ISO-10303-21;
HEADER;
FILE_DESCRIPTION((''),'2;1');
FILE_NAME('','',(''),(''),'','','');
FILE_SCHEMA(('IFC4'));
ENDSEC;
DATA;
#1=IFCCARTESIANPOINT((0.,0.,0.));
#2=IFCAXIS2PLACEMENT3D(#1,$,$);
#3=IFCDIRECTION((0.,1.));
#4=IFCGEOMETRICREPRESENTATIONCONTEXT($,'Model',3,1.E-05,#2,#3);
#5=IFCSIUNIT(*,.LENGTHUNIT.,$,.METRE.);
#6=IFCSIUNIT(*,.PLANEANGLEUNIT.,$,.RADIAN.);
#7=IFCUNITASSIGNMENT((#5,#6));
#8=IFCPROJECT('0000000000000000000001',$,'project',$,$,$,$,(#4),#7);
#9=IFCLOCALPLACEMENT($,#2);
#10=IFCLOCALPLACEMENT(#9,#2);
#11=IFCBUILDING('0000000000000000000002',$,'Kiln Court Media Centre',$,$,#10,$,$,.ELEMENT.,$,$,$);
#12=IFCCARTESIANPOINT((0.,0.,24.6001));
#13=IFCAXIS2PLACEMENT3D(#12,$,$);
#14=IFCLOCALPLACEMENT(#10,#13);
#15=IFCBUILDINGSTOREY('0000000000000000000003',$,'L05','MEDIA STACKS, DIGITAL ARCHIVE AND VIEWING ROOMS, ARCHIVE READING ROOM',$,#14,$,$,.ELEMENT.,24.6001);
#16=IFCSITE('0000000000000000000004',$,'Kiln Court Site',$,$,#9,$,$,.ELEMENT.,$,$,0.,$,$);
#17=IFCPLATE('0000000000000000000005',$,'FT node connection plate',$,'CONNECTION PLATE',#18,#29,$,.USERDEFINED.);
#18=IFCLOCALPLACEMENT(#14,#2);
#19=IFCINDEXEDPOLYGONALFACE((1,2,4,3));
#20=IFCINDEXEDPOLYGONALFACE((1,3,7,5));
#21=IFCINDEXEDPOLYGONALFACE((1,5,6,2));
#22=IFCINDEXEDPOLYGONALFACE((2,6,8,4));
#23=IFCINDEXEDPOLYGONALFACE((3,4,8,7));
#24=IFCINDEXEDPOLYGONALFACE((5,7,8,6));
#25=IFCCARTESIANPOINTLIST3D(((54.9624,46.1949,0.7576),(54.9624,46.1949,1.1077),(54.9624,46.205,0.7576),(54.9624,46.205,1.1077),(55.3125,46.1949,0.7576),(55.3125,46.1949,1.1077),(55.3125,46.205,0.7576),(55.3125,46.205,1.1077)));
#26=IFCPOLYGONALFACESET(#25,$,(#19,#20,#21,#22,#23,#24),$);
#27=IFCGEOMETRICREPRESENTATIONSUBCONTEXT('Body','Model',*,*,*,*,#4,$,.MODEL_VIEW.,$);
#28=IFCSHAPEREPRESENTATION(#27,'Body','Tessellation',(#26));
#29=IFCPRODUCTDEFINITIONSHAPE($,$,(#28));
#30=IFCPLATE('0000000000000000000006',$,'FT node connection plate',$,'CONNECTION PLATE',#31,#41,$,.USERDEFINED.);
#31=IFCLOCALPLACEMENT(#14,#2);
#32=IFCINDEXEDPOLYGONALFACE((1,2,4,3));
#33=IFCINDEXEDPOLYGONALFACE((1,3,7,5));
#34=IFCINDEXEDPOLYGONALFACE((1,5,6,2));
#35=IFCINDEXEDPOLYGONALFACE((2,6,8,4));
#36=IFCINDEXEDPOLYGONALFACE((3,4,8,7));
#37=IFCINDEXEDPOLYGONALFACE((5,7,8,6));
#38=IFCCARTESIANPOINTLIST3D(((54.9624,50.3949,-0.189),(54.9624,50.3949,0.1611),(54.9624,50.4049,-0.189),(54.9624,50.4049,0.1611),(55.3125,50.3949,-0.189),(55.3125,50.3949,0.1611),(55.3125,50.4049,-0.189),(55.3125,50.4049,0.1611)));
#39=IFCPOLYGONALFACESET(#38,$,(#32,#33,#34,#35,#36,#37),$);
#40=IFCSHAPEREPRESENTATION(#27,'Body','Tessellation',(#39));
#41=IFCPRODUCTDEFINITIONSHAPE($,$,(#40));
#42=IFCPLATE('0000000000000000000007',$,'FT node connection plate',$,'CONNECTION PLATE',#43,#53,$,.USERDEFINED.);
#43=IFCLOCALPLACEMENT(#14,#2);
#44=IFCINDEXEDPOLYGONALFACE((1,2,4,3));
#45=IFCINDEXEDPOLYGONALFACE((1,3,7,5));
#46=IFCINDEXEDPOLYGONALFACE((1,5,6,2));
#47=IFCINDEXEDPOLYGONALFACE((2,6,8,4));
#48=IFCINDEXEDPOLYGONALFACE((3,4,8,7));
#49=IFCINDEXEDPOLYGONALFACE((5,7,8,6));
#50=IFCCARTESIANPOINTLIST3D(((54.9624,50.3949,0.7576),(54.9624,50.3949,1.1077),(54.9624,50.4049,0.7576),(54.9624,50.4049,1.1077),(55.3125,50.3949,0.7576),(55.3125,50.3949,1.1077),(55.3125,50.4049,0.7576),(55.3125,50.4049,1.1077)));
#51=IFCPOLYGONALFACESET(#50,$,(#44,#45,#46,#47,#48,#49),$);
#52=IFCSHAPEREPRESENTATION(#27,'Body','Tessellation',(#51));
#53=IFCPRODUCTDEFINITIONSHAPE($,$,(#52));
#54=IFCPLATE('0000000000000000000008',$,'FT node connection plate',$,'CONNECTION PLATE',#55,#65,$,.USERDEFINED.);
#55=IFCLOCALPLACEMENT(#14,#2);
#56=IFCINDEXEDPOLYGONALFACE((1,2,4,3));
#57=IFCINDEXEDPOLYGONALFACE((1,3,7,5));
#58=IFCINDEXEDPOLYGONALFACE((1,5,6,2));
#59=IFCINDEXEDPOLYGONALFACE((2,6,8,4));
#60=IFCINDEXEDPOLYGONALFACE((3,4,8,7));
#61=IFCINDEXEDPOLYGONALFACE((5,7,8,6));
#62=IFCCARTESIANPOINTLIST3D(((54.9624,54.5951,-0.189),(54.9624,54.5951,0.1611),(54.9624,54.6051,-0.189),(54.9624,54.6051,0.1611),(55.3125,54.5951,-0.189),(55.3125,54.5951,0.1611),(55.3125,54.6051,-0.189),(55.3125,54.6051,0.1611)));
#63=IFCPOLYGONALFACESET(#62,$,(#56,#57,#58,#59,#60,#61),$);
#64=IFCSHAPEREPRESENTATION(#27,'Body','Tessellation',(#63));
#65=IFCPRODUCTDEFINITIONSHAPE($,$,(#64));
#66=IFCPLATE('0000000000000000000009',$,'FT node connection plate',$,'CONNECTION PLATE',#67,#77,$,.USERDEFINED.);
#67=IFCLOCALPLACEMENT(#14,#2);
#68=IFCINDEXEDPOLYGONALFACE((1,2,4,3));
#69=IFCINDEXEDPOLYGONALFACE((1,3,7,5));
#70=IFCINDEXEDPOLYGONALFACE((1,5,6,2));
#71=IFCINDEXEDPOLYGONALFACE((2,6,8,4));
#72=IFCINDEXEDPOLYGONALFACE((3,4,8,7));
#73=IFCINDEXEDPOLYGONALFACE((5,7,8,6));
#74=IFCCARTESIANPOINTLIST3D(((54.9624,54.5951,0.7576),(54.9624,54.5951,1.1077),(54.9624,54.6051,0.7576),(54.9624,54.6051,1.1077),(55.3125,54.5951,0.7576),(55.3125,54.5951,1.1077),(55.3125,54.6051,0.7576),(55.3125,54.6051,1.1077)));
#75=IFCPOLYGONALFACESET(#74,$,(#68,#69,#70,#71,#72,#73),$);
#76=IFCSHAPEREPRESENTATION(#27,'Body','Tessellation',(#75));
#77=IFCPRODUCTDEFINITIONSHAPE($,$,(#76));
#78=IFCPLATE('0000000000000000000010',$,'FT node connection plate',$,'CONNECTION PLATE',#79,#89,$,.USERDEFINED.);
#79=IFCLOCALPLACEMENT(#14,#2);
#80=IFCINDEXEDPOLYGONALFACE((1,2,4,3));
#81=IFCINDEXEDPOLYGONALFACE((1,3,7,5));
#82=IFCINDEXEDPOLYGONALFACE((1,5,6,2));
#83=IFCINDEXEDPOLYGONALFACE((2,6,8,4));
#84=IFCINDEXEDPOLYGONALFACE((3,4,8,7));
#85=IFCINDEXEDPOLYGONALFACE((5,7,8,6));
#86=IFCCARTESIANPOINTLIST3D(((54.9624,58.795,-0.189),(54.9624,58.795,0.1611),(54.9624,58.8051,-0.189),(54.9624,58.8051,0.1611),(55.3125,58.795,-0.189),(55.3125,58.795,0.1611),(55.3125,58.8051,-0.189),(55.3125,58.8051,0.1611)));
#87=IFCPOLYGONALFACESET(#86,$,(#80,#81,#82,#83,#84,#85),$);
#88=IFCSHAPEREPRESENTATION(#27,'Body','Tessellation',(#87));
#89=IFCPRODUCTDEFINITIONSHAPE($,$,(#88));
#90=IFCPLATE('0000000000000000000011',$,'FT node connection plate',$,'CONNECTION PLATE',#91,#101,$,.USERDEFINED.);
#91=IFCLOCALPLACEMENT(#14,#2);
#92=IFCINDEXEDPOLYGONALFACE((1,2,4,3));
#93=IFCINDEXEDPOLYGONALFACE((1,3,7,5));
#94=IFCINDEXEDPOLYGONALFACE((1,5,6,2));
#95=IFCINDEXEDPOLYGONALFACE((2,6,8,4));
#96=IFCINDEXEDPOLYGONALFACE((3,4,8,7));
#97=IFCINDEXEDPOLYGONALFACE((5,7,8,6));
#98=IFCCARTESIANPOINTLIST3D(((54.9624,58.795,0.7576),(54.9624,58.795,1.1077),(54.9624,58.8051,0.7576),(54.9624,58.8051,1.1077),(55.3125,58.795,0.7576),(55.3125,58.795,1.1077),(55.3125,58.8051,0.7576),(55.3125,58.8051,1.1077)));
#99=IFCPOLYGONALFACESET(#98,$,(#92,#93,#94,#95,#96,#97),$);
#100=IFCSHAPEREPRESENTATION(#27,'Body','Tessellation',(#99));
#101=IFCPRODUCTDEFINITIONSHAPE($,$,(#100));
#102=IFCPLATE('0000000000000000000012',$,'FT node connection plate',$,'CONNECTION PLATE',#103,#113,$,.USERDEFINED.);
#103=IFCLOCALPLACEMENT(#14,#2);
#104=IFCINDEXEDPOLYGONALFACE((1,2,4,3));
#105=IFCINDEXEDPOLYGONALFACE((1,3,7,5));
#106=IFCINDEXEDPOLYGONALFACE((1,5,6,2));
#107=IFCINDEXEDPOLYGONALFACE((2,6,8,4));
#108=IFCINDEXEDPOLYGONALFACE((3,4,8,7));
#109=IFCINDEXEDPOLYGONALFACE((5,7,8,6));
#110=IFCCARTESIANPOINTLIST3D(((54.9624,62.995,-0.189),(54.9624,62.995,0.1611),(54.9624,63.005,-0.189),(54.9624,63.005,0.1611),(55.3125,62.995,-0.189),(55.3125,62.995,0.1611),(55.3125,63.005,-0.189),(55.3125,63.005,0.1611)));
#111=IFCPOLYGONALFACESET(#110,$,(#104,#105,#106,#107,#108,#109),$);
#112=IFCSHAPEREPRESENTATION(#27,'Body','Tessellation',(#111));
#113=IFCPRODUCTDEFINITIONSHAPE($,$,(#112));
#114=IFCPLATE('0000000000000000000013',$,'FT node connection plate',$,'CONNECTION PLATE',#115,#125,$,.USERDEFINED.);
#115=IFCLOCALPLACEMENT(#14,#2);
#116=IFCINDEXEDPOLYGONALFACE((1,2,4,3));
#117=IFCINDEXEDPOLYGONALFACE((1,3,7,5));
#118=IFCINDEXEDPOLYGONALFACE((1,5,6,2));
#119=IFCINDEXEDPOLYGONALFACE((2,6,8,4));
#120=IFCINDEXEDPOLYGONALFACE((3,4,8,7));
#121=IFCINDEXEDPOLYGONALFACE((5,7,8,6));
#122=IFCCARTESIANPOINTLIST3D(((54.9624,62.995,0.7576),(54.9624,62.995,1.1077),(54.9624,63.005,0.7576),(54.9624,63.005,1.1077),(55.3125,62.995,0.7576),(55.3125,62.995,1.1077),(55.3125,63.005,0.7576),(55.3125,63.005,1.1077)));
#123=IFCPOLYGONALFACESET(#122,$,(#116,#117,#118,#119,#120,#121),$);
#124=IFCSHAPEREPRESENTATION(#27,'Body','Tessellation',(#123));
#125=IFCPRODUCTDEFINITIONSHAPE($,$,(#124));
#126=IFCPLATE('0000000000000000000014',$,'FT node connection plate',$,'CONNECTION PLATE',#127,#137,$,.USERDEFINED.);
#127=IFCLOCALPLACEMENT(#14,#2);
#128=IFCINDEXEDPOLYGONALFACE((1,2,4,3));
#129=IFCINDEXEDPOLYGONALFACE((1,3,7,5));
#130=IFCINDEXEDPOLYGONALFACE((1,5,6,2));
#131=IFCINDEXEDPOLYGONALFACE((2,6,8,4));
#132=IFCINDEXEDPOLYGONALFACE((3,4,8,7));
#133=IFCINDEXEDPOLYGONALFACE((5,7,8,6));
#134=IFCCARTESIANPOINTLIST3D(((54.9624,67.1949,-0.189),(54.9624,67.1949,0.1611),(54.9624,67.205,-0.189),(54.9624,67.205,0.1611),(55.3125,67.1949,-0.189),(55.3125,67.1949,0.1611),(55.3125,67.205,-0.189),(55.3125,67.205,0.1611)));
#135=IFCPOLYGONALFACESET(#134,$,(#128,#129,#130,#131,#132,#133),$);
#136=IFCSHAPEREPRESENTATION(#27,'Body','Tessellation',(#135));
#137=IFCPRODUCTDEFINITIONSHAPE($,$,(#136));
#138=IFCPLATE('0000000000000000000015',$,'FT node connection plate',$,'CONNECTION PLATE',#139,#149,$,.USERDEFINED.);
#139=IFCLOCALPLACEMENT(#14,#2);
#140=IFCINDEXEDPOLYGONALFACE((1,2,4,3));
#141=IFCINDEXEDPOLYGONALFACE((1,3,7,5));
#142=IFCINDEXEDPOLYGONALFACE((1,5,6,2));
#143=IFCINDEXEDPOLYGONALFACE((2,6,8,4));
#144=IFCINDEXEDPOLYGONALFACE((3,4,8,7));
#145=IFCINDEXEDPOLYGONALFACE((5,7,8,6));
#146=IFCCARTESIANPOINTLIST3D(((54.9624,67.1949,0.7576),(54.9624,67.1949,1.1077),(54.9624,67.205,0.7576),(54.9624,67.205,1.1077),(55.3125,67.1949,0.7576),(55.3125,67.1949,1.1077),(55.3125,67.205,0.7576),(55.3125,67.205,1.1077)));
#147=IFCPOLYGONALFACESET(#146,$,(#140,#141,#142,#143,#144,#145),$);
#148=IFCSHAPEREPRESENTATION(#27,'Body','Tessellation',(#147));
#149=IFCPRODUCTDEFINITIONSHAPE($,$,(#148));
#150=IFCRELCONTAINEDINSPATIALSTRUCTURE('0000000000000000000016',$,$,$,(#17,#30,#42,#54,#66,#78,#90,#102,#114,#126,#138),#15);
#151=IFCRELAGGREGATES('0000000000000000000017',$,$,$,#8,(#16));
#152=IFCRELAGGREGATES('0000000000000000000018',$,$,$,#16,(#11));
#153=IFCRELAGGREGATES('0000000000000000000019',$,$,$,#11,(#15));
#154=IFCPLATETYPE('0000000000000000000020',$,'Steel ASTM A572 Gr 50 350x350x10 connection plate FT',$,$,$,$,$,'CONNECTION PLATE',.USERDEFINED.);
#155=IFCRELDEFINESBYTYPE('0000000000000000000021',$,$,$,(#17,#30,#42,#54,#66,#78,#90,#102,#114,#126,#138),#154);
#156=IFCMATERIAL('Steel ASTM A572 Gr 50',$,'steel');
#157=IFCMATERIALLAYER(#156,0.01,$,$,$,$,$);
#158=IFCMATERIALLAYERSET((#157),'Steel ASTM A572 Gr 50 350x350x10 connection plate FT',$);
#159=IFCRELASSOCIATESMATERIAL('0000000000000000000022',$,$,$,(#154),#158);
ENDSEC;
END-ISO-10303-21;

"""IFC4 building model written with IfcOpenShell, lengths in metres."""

from ifc_helpers import new_model, si_unit, direction, frame, origin, origin_2d, place, context, subcontext, project, spatial, rectangle, extrude, material, layer, layer_set, type_object, element, save


model = new_model("IFC4")

# Units and contexts
model_context = context("Model", 3, precision=1e-05, world=origin(), true_north=direction((0.0, 1.0)))
body_context = subcontext(model_context, "Body", "Model", "MODEL_VIEW")
ifc_project = project(units=[si_unit("LENGTHUNIT", "METRE"), si_unit("PLANEANGLEUNIT", "RADIAN")], contexts=[model_context])

# Site, building, storey
site_placement = place(None, origin())
site = spatial("IfcSite", under=ifc_project, at=site_placement, Name="Kiln Court Site", CompositionType="ELEMENT", RefElevation=0.0)
building_placement = place(site_placement, origin())
building = spatial("IfcBuilding", under=site, at=building_placement, Name="Kiln Court Media Centre", CompositionType="ELEMENT")
storey_placement = place(building_placement, frame((0.0, 0.0, 24.6001)))
storey = spatial("IfcBuildingStorey", under=building, at=storey_placement, Name="L05", Description="MEDIA STACKS, DIGITAL ARCHIVE AND VIEWING ROOMS, ARCHIVE READING ROOM", CompositionType="ELEMENT", Elevation=24.6001)

# Plates
ifc_material_1 = material(Name="Steel ASTM A572 Gr 50", Category="steel")
ifc_layer_1 = layer(ifc_material_1, 0.01)
ifc_layer_set_1 = layer_set([ifc_layer_1], Name="Steel ASTM A572 Gr 50 350x350x10 connection plate FT")
plate_type_1 = type_object("IfcPlateType", Name="Steel ASTM A572 Gr 50 350x350x10 connection plate FT", ElementType="CONNECTION PLATE", PredefinedType="USERDEFINED", material=ifc_layer_set_1)
for number, where, z_axis, x_axis, name in (
    (1, (55.1375, 46.2, 0.7576), (0.0, 0.0, 1.0), (1.0, 0.0, 0.0), "FT node connection plate"),
    (2, (55.1375, 50.3999, -0.189), (0.0, 0.0, 1.0), (1.0, 0.0, 0.0), "FT node connection plate"),
    (3, (55.1375, 50.3999, 0.7576), (0.0, 0.0, 1.0), (1.0, 0.0, 0.0), "FT node connection plate"),
    (4, (55.1375, 54.6001, -0.189), (0.0, 0.0, 1.0), (1.0, 0.0, 0.0), "FT node connection plate"),
    (5, (55.1375, 54.6001, 0.7576), (0.0, 0.0, 1.0), (1.0, 0.0, 0.0), "FT node connection plate"),
    (6, (55.1375, 58.8, -0.189), (0.0, 0.0, 1.0), (1.0, 0.0, 0.0), "FT node connection plate"),
    (7, (55.1375, 58.8, 0.7576), (0.0, 0.0, 1.0), (1.0, 0.0, 0.0), "FT node connection plate"),
    (8, (55.1375, 63.0, -0.189), (0.0, 0.0, 1.0), (1.0, 0.0, 0.0), "FT node connection plate"),
    (9, (55.1375, 63.0, 0.7576), (0.0, 0.0, 1.0), (1.0, 0.0, 0.0), "FT node connection plate"),
    (10, (55.1375, 67.2, -0.189), (0.0, 0.0, 1.0), (1.0, 0.0, 0.0), "FT node connection plate"),
    (11, (55.1375, 67.2, 0.7576), (0.0, 0.0, 1.0), (1.0, 0.0, 0.0), "FT node connection plate"),
):
    element("IfcPlate", number, at=place(storey_placement, frame(where, z_axis=z_axis, x_axis=x_axis)), inside=storey, type_object=plate_type_1, Name=name, ObjectType="CONNECTION PLATE", PredefinedType="USERDEFINED", context=body_context, shape_type="SweptSolid", body=[
        extrude(rectangle(XDim=0.3501, YDim=0.01, at=origin_2d()), origin(), (0.0, 0.0, 1.0), 0.3501),
    ])

save(model, "model.ifc")
